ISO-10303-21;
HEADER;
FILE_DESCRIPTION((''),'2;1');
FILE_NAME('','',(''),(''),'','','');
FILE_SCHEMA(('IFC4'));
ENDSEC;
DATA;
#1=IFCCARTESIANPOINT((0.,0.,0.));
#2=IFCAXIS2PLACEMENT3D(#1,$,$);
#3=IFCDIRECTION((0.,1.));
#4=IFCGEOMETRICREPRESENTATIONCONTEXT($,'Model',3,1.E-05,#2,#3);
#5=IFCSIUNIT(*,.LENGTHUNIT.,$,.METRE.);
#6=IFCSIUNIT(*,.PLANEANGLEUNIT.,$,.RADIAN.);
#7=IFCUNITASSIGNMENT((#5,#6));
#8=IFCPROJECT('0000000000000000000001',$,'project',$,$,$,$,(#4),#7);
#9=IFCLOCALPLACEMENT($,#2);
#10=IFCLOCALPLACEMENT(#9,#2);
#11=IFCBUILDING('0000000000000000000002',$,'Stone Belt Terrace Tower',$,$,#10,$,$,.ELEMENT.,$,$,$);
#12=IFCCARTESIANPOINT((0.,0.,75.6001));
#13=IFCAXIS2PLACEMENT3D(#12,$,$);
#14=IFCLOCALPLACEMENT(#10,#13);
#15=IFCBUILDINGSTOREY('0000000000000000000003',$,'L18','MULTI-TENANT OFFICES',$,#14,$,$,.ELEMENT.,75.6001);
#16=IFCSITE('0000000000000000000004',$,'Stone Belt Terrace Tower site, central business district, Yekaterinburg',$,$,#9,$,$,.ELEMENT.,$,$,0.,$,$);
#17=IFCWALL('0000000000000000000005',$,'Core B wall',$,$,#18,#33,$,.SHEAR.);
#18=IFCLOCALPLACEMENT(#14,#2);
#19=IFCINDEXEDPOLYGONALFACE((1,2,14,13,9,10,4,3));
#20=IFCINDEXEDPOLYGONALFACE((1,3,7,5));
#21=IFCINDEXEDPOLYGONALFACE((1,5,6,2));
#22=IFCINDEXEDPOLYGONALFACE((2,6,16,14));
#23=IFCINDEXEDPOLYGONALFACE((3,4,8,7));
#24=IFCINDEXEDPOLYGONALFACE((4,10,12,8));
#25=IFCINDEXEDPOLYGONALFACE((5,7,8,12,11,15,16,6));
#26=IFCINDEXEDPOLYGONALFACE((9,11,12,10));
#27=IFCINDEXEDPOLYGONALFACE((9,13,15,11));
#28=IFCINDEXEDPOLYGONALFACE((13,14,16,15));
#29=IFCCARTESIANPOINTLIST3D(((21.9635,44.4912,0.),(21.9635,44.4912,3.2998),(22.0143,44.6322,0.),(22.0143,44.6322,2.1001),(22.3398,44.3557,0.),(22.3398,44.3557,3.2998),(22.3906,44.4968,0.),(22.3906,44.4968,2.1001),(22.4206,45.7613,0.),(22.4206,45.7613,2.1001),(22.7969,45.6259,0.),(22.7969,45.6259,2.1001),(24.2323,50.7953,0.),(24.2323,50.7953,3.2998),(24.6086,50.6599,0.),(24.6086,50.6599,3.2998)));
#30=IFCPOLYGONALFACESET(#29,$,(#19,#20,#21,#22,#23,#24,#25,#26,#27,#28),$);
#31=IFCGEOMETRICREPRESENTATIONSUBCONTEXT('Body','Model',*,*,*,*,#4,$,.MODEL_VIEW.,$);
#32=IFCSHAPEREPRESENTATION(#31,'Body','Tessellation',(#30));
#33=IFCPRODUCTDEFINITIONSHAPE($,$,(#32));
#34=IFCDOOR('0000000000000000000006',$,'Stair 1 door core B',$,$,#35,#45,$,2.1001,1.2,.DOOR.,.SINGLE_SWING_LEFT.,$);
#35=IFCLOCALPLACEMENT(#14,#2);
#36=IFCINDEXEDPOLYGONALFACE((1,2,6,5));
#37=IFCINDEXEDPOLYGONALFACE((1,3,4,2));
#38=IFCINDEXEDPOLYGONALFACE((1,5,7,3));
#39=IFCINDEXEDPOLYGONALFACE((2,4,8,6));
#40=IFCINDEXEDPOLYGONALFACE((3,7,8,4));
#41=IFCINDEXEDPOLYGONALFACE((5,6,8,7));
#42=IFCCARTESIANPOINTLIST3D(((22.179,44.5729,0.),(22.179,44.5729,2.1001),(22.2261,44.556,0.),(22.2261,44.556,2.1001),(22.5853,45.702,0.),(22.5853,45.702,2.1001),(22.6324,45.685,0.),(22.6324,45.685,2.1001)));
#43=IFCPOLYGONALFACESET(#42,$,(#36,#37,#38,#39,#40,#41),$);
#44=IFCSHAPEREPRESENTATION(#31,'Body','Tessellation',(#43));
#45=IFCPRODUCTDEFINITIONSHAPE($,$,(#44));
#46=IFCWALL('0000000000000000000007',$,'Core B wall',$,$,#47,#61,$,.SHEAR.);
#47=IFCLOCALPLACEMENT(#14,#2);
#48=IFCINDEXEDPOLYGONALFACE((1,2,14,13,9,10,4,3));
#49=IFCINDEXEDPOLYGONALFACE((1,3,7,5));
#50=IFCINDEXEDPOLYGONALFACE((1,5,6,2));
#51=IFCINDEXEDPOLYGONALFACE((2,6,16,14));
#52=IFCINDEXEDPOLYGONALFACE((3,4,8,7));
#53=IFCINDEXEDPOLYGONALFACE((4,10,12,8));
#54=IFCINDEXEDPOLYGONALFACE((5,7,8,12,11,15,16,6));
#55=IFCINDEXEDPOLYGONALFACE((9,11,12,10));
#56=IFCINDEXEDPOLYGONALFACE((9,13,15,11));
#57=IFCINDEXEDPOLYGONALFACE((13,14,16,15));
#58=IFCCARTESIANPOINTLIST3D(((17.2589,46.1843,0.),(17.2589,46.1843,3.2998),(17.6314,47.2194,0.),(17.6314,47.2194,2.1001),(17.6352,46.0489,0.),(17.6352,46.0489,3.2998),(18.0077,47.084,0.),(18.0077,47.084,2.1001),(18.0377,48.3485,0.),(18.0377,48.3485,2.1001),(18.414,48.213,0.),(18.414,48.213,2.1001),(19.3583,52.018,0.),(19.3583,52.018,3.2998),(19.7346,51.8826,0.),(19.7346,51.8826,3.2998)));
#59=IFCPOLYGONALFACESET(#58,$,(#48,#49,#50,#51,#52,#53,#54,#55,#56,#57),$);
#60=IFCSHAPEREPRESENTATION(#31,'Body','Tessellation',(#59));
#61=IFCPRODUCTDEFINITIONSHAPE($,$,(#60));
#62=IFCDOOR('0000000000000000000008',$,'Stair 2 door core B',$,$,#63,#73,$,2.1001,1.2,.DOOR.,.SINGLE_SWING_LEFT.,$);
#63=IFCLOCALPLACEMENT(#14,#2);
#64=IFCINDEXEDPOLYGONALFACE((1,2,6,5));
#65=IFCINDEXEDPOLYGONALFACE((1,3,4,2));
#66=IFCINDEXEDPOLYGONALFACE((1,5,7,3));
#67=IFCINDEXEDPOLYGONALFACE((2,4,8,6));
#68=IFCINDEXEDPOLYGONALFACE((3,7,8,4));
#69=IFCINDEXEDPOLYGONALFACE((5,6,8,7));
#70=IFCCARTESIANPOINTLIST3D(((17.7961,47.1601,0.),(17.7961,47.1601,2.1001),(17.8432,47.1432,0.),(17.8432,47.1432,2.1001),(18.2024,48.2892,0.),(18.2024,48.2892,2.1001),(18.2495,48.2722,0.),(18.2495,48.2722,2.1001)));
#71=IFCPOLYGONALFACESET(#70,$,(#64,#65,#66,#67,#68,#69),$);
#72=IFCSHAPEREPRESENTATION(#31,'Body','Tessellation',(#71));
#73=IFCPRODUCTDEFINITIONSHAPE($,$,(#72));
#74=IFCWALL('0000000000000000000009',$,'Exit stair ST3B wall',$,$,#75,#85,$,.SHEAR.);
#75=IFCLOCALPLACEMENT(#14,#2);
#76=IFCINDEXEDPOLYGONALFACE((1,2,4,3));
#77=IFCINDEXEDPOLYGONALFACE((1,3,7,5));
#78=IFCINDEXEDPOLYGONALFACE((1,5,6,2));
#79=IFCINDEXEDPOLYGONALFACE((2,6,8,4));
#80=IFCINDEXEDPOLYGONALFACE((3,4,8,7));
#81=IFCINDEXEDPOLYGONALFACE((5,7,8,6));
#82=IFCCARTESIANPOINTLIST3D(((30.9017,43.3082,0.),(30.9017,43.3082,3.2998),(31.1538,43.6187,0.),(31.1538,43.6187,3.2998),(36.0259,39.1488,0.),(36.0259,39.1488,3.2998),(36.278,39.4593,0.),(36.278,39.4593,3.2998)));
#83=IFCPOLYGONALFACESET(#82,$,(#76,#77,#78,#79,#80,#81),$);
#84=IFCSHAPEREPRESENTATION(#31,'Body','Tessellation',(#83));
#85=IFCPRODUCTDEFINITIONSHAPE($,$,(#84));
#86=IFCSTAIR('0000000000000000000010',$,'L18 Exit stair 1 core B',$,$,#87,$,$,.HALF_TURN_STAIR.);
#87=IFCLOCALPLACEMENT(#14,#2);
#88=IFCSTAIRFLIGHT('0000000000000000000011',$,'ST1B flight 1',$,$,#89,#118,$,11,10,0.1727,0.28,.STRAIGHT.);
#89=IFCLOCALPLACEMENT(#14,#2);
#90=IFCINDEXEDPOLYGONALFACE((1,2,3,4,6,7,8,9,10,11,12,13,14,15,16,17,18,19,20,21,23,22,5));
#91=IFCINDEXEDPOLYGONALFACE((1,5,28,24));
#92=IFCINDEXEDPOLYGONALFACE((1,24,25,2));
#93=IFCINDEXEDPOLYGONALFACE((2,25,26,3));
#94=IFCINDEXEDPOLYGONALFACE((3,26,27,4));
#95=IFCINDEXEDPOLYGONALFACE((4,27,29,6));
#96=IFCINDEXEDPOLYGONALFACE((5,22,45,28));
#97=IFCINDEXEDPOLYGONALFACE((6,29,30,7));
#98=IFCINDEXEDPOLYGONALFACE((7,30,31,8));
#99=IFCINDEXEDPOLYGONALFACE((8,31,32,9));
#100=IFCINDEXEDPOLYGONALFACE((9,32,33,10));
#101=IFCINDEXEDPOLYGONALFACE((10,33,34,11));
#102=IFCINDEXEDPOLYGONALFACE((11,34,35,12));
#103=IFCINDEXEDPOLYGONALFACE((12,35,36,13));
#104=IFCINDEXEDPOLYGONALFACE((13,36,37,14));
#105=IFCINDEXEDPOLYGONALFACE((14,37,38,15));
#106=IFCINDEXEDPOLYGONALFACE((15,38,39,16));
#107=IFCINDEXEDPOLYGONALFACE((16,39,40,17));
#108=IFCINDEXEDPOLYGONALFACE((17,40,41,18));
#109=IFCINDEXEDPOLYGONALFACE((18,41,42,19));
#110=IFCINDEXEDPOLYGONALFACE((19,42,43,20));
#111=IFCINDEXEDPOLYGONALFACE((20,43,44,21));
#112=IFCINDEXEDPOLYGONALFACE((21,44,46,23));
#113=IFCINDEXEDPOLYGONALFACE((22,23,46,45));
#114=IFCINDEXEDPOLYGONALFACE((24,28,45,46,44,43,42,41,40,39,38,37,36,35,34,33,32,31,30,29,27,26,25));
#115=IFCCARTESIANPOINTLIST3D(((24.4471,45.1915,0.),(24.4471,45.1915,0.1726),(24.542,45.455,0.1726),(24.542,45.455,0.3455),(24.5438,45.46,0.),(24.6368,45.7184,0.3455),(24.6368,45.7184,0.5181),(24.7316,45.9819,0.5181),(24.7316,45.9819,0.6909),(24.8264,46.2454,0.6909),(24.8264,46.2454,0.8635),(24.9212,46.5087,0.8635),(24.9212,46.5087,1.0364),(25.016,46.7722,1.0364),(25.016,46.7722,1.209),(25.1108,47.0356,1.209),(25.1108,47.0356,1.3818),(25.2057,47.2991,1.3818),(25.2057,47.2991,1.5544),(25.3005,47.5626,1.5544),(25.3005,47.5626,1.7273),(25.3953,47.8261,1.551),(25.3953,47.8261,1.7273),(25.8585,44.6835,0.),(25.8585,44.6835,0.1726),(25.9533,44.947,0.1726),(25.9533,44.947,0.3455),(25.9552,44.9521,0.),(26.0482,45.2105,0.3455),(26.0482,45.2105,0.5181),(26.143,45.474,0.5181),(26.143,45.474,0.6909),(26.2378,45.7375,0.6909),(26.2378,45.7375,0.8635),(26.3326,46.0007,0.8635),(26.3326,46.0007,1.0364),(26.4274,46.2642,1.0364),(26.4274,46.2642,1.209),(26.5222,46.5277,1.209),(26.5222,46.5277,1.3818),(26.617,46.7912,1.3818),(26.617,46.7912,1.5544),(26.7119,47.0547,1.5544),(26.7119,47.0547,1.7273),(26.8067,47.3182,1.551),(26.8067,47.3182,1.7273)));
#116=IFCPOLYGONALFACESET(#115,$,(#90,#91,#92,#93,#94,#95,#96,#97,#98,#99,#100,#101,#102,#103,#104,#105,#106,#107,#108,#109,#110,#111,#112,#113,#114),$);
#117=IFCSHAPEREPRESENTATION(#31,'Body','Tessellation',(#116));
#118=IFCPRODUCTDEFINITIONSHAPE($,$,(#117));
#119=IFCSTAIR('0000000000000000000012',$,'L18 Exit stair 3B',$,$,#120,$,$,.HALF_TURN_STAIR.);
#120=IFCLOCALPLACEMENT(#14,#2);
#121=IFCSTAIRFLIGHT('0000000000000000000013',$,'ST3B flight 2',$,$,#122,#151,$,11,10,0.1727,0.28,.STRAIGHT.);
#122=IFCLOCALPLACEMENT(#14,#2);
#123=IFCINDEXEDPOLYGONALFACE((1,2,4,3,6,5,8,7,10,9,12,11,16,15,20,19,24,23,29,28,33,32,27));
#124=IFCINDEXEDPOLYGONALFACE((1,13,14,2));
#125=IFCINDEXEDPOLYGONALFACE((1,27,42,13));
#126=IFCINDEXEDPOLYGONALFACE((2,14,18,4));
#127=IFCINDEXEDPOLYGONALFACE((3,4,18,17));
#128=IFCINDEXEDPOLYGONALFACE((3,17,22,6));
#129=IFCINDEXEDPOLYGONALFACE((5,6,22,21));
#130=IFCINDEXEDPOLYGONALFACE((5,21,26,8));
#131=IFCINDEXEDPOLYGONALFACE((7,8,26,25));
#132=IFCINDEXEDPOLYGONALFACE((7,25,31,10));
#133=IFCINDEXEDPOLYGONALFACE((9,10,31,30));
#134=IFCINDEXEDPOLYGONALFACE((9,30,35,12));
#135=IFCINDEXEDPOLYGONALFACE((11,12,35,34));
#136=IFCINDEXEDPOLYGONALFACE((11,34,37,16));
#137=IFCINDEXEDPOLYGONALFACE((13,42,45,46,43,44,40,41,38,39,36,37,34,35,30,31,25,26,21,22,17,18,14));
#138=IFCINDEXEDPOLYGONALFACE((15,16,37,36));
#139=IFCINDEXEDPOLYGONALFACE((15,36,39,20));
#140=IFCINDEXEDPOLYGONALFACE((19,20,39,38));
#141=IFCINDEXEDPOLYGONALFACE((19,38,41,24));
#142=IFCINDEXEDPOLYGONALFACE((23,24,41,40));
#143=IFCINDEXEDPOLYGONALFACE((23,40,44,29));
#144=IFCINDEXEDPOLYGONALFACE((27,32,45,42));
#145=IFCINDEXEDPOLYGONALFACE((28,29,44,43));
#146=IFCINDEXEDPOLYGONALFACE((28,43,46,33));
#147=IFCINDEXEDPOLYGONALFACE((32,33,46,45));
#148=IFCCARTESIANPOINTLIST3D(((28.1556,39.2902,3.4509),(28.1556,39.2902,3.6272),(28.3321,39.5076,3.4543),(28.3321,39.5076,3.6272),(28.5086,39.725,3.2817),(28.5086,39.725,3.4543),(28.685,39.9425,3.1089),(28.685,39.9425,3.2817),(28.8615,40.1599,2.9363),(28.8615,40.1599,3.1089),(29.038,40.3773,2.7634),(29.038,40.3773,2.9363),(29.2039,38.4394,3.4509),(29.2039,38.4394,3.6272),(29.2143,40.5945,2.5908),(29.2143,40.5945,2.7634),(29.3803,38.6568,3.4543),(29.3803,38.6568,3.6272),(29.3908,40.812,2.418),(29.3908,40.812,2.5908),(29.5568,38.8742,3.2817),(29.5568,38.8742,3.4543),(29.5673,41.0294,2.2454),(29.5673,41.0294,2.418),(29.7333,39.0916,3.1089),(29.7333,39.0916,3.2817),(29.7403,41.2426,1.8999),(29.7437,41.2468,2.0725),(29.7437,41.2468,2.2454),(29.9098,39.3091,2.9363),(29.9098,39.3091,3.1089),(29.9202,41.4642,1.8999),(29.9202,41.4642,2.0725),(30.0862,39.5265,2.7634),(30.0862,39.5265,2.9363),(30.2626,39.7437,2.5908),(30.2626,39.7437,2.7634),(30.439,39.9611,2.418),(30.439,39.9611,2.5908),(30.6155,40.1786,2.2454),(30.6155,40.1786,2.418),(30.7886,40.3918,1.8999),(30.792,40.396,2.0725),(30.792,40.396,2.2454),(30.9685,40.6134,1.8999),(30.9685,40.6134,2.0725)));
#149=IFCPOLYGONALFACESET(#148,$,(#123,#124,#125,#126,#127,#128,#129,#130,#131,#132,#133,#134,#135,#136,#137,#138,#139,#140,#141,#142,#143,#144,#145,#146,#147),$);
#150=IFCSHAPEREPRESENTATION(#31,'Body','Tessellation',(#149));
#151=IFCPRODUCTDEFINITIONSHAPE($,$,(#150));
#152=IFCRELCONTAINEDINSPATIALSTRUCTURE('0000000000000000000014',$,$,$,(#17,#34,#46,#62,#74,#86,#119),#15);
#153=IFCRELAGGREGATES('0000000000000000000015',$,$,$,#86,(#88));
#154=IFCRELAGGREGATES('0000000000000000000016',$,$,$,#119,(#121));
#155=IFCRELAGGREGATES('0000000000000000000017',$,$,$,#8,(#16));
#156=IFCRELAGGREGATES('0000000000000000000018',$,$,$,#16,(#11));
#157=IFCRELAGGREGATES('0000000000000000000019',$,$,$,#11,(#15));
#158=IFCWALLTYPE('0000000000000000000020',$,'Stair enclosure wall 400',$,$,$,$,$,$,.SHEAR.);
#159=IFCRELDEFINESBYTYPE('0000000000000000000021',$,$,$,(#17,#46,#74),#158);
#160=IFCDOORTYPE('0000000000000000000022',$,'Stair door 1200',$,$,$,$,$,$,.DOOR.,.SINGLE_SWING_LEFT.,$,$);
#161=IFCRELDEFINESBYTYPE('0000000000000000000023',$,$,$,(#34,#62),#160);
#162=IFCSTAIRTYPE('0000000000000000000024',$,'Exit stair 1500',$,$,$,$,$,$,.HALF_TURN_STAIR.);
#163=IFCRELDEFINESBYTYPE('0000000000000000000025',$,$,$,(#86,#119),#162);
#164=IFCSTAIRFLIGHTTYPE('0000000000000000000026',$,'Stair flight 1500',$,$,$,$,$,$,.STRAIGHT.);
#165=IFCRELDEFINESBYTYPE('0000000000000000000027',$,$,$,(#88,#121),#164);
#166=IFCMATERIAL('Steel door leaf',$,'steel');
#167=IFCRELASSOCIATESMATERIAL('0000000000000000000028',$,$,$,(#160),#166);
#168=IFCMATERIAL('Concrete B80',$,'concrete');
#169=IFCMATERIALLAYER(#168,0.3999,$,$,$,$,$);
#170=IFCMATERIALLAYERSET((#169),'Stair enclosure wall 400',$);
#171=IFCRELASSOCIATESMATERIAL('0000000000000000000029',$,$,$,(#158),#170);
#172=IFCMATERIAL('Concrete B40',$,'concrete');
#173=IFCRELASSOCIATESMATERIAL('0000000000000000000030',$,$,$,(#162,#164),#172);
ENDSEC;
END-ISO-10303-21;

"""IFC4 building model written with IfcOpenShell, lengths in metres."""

from ifc_helpers import new_model, si_unit, direction, frame, frame_2d, origin, place, context, subcontext, project, spatial, polyline, rectangle, outline, extrude, material, layer, layer_set, type_object, element, fill, aggregate, save


model = new_model("IFC4")

# Units and contexts
model_context = context("Model", 3, precision=1e-05, world=origin(), true_north=direction((0.0, 1.0)))
body_context = subcontext(model_context, "Body", "Model", "MODEL_VIEW")
ifc_project = project(units=[si_unit("LENGTHUNIT", "METRE"), si_unit("PLANEANGLEUNIT", "RADIAN")], contexts=[model_context])

# Site, building, storey
site_placement = place(None, origin())
site = spatial("IfcSite", under=ifc_project, at=site_placement, Name="Stone Belt Terrace Tower site, central business district, Yekaterinburg", CompositionType="ELEMENT", RefElevation=0.0)
building_placement = place(site_placement, origin())
building = spatial("IfcBuilding", under=site, at=building_placement, Name="Stone Belt Terrace Tower", CompositionType="ELEMENT")
storey_placement = place(building_placement, frame((0.0, 0.0, 75.6001)))
storey = spatial("IfcBuildingStorey", under=building, at=storey_placement, Name="L18", Description="MULTI-TENANT OFFICES", CompositionType="ELEMENT", Elevation=75.6001)

# Shared definitions
ifc_material_1 = material(Name="Concrete B80", Category="concrete")

# Walls, openings, doors
ifc_material_2 = material(Name="Steel door leaf", Category="steel")
door_type_1 = type_object("IfcDoorType", Name="Stair door 1200", OperationType="SINGLE_SWING_LEFT", PredefinedType="DOOR", material=ifc_material_2)
ifc_layer_1 = layer(ifc_material_1, 0.3999)
ifc_layer_set_1 = layer_set([ifc_layer_1], Name="Stair enclosure wall 400")
wall_type_1 = type_object("IfcWallType", Name="Stair enclosure wall 400", PredefinedType="SHEAR", material=ifc_layer_set_1)
wall_1_placement = place(storey_placement, frame((22.1516, 44.4233, 0.0), z_axis=(0.0, 0.0, 1.0), x_axis=(0.338625, 0.940921, 0.0)))
wall_1 = element("IfcWall", 1, at=wall_1_placement, inside=storey, type_object=wall_type_1, Name="Core B wall", PredefinedType="SHEAR", context=body_context, shape_type="SweptSolid", body=[
    extrude(rectangle(XDim=6.7, YDim=0.3999, at=frame_2d((3.3501, 0.0))), origin(), (0.0, 0.0, 1.0), 3.2998),
])
opening_1_placement = place(wall_1_placement, frame((0.1499, 0.0, 0.0)))
opening_1 = element("IfcOpeningElement", 2, at=opening_1_placement, cuts=wall_1, PredefinedType="OPENING", context=body_context, shape_type="SweptSolid", body=[
    extrude(rectangle(XDim=1.2, YDim=2.1001, at=frame_2d((0.6001, 1.05))), frame((0.0, 0.21, 0.0), z_axis=(0.0, -1.0, 0.0), x_axis=(1.0, 0.0, 0.0)), (0.0, 0.0, 1.0), 0.4199),
])
door_1_placement = place(opening_1_placement, origin())
door_1 = element("IfcDoor", 3, at=door_1_placement, inside=storey, type_object=door_type_1, Name="Stair 1 door core B", OperationType="SINGLE_SWING_LEFT", OverallHeight=2.1001, OverallWidth=1.2, PredefinedType="DOOR", context=body_context, shape_type="SweptSolid", body=[
    extrude(rectangle(XDim=1.2, YDim=2.1001, at=frame_2d((0.6001, 1.05))), frame((0.0, 0.0249, 0.0), z_axis=(0.0, -1.0, 0.0), x_axis=(1.0, 0.0, 0.0)), (0.0, 0.0, 1.0), 0.05),
])
fill(opening_1, door_1)
wall_2_placement = place(storey_placement, frame((17.447, 46.1165, 0.0), z_axis=(0.0, 0.0, 1.0), x_axis=(0.338608, 0.940928, 0.0)))
wall_2 = element("IfcWall", 4, at=wall_2_placement, inside=storey, type_object=wall_type_1, Name="Core B wall", PredefinedType="SHEAR", context=body_context, shape_type="SweptSolid", body=[
    extrude(rectangle(XDim=6.2, YDim=0.3999, at=frame_2d((3.1001, 0.0))), origin(), (0.0, 0.0, 1.0), 3.2998),
])
opening_2_placement = place(wall_2_placement, frame((1.1001, 0.0, 0.0)))
opening_2 = element("IfcOpeningElement", 5, at=opening_2_placement, cuts=wall_2, PredefinedType="OPENING", context=body_context, shape_type="SweptSolid", body=[
    extrude(rectangle(XDim=1.2, YDim=2.1001, at=frame_2d((0.6001, 1.05))), frame((0.0, 0.21, 0.0), z_axis=(0.0, -1.0, 0.0), x_axis=(1.0, 0.0, 0.0)), (0.0, 0.0, 1.0), 0.4199),
])
door_2_placement = place(opening_2_placement, origin())
door_2 = element("IfcDoor", 6, at=door_2_placement, inside=storey, type_object=door_type_1, Name="Stair 2 door core B", OperationType="SINGLE_SWING_LEFT", OverallHeight=2.1001, OverallWidth=1.2, PredefinedType="DOOR", context=body_context, shape_type="SweptSolid", body=[
    extrude(rectangle(XDim=1.2, YDim=2.1001, at=frame_2d((0.6001, 1.05))), frame((0.0, 0.0249, 0.0), z_axis=(0.0, -1.0, 0.0), x_axis=(1.0, 0.0, 0.0)), (0.0, 0.0, 1.0), 0.05),
])
fill(opening_2, door_2)

# Wall
wall_3_placement = place(storey_placement, frame((31.0278, 43.4634, 0.0), z_axis=(0.0, 0.0, 1.0), x_axis=(0.776414, -0.630224, 0.0)))
element("IfcWall", 7, at=wall_3_placement, inside=storey, type_object=wall_type_1, Name="Exit stair ST3B wall", PredefinedType="SHEAR", context=body_context, shape_type="SweptSolid", body=[
    extrude(rectangle(XDim=6.5999, YDim=0.3999, at=frame_2d((3.2998, 0.0))), origin(), (0.0, 0.0, 1.0), 3.2998),
])

# Stairs, stair flights
ifc_material_3 = material(Name="Concrete B40", Category="concrete")
stair_type = type_object("IfcStairType", Name="Exit stair 1500", PredefinedType="HALF_TURN_STAIR", material=ifc_material_3)
stair_1_placement = place(storey_placement, origin())
stair_1 = element("IfcStair", 8, at=stair_1_placement, inside=storey, type_object=stair_type, Name="L18 Exit stair 1 core B", PredefinedType="HALF_TURN_STAIR")
stair_flight_type = type_object("IfcStairFlightType", Name="Stair flight 1500", PredefinedType="STRAIGHT", material=ifc_material_3)
stair_flight_1_placement = place(storey_placement, frame((25.1528, 44.9375, 0.0), z_axis=(0.0, 0.0, 1.0), x_axis=(0.338624, 0.940922, 0.0)))
stair_flight_1 = element("IfcStairFlight", 9, at=stair_flight_1_placement, type_object=stair_flight_type, Name="ST1B flight 1", NumberOfRisers=11, NumberOfTreads=10, PredefinedType="STRAIGHT", RiserHeight=0.1727, TreadLength=0.28, context=body_context, shape_type="SweptSolid", body=[
    extrude(outline(polyline([(0.0, 0.0), (0.0, 0.1726), (0.28, 0.1726), (0.28, 0.3455), (0.5601, 0.3455), (0.5601, 0.5181), (0.8401, 0.5181), (0.8401, 0.6909), (1.1201, 0.6909), (1.1201, 0.8635), (1.3999, 0.8635), (1.3999, 1.0364), (1.6799, 1.0364), (1.6799, 1.209), (1.96, 1.209), (1.96, 1.3818), (2.24, 1.3818), (2.24, 1.5544), (2.52, 1.5544), (2.52, 1.7273), (2.8, 1.7273), (2.8, 1.8999), (2.8, 1.551), (0.2854, 0.0), (0.0, 0.0)])), frame((0.0, 0.75, 0.0), z_axis=(0.0, -1.0, 0.0), x_axis=(1.0, 0.0, 0.0)), (0.0, 0.0, 1.0), 1.5),
])
aggregate(stair_1, [stair_flight_1])
stair_2_placement = place(storey_placement, origin())
stair_2 = element("IfcStair", 10, at=stair_2_placement, inside=storey, type_object=stair_type, Name="L18 Exit stair 3B", PredefinedType="HALF_TURN_STAIR")
stair_flight_2_placement = place(storey_placement, frame((30.4443, 41.0388, 1.8999), z_axis=(0.0, 0.0, 1.0), x_axis=(-0.630206, -0.776428, 0.0)))
stair_flight_2 = element("IfcStairFlight", 11, at=stair_flight_2_placement, type_object=stair_flight_type, Name="ST3B flight 2", NumberOfRisers=11, NumberOfTreads=10, PredefinedType="STRAIGHT", RiserHeight=0.1727, TreadLength=0.28, context=body_context, shape_type="SweptSolid", body=[
    extrude(outline(polyline([(0.0, 0.0), (0.0, 0.1726), (0.28, 0.1726), (0.28, 0.3455), (0.5601, 0.3455), (0.5601, 0.5181), (0.8401, 0.5181), (0.8401, 0.6909), (1.1201, 0.6909), (1.1201, 0.8635), (1.3999, 0.8635), (1.3999, 1.0364), (1.6799, 1.0364), (1.6799, 1.209), (1.96, 1.209), (1.96, 1.3818), (2.24, 1.3818), (2.24, 1.5544), (2.52, 1.5544), (2.52, 1.7273), (2.8, 1.7273), (2.8, 1.8999), (2.8, 1.551), (0.2854, 0.0), (0.0, 0.0)])), frame((0.0, 0.675, 0.0), z_axis=(0.0, -1.0, 0.0), x_axis=(1.0, 0.0, 0.0)), (0.0, 0.0, 1.0), 1.3501),
])
aggregate(stair_2, [stair_flight_2])

save(model, "model.ifc")
